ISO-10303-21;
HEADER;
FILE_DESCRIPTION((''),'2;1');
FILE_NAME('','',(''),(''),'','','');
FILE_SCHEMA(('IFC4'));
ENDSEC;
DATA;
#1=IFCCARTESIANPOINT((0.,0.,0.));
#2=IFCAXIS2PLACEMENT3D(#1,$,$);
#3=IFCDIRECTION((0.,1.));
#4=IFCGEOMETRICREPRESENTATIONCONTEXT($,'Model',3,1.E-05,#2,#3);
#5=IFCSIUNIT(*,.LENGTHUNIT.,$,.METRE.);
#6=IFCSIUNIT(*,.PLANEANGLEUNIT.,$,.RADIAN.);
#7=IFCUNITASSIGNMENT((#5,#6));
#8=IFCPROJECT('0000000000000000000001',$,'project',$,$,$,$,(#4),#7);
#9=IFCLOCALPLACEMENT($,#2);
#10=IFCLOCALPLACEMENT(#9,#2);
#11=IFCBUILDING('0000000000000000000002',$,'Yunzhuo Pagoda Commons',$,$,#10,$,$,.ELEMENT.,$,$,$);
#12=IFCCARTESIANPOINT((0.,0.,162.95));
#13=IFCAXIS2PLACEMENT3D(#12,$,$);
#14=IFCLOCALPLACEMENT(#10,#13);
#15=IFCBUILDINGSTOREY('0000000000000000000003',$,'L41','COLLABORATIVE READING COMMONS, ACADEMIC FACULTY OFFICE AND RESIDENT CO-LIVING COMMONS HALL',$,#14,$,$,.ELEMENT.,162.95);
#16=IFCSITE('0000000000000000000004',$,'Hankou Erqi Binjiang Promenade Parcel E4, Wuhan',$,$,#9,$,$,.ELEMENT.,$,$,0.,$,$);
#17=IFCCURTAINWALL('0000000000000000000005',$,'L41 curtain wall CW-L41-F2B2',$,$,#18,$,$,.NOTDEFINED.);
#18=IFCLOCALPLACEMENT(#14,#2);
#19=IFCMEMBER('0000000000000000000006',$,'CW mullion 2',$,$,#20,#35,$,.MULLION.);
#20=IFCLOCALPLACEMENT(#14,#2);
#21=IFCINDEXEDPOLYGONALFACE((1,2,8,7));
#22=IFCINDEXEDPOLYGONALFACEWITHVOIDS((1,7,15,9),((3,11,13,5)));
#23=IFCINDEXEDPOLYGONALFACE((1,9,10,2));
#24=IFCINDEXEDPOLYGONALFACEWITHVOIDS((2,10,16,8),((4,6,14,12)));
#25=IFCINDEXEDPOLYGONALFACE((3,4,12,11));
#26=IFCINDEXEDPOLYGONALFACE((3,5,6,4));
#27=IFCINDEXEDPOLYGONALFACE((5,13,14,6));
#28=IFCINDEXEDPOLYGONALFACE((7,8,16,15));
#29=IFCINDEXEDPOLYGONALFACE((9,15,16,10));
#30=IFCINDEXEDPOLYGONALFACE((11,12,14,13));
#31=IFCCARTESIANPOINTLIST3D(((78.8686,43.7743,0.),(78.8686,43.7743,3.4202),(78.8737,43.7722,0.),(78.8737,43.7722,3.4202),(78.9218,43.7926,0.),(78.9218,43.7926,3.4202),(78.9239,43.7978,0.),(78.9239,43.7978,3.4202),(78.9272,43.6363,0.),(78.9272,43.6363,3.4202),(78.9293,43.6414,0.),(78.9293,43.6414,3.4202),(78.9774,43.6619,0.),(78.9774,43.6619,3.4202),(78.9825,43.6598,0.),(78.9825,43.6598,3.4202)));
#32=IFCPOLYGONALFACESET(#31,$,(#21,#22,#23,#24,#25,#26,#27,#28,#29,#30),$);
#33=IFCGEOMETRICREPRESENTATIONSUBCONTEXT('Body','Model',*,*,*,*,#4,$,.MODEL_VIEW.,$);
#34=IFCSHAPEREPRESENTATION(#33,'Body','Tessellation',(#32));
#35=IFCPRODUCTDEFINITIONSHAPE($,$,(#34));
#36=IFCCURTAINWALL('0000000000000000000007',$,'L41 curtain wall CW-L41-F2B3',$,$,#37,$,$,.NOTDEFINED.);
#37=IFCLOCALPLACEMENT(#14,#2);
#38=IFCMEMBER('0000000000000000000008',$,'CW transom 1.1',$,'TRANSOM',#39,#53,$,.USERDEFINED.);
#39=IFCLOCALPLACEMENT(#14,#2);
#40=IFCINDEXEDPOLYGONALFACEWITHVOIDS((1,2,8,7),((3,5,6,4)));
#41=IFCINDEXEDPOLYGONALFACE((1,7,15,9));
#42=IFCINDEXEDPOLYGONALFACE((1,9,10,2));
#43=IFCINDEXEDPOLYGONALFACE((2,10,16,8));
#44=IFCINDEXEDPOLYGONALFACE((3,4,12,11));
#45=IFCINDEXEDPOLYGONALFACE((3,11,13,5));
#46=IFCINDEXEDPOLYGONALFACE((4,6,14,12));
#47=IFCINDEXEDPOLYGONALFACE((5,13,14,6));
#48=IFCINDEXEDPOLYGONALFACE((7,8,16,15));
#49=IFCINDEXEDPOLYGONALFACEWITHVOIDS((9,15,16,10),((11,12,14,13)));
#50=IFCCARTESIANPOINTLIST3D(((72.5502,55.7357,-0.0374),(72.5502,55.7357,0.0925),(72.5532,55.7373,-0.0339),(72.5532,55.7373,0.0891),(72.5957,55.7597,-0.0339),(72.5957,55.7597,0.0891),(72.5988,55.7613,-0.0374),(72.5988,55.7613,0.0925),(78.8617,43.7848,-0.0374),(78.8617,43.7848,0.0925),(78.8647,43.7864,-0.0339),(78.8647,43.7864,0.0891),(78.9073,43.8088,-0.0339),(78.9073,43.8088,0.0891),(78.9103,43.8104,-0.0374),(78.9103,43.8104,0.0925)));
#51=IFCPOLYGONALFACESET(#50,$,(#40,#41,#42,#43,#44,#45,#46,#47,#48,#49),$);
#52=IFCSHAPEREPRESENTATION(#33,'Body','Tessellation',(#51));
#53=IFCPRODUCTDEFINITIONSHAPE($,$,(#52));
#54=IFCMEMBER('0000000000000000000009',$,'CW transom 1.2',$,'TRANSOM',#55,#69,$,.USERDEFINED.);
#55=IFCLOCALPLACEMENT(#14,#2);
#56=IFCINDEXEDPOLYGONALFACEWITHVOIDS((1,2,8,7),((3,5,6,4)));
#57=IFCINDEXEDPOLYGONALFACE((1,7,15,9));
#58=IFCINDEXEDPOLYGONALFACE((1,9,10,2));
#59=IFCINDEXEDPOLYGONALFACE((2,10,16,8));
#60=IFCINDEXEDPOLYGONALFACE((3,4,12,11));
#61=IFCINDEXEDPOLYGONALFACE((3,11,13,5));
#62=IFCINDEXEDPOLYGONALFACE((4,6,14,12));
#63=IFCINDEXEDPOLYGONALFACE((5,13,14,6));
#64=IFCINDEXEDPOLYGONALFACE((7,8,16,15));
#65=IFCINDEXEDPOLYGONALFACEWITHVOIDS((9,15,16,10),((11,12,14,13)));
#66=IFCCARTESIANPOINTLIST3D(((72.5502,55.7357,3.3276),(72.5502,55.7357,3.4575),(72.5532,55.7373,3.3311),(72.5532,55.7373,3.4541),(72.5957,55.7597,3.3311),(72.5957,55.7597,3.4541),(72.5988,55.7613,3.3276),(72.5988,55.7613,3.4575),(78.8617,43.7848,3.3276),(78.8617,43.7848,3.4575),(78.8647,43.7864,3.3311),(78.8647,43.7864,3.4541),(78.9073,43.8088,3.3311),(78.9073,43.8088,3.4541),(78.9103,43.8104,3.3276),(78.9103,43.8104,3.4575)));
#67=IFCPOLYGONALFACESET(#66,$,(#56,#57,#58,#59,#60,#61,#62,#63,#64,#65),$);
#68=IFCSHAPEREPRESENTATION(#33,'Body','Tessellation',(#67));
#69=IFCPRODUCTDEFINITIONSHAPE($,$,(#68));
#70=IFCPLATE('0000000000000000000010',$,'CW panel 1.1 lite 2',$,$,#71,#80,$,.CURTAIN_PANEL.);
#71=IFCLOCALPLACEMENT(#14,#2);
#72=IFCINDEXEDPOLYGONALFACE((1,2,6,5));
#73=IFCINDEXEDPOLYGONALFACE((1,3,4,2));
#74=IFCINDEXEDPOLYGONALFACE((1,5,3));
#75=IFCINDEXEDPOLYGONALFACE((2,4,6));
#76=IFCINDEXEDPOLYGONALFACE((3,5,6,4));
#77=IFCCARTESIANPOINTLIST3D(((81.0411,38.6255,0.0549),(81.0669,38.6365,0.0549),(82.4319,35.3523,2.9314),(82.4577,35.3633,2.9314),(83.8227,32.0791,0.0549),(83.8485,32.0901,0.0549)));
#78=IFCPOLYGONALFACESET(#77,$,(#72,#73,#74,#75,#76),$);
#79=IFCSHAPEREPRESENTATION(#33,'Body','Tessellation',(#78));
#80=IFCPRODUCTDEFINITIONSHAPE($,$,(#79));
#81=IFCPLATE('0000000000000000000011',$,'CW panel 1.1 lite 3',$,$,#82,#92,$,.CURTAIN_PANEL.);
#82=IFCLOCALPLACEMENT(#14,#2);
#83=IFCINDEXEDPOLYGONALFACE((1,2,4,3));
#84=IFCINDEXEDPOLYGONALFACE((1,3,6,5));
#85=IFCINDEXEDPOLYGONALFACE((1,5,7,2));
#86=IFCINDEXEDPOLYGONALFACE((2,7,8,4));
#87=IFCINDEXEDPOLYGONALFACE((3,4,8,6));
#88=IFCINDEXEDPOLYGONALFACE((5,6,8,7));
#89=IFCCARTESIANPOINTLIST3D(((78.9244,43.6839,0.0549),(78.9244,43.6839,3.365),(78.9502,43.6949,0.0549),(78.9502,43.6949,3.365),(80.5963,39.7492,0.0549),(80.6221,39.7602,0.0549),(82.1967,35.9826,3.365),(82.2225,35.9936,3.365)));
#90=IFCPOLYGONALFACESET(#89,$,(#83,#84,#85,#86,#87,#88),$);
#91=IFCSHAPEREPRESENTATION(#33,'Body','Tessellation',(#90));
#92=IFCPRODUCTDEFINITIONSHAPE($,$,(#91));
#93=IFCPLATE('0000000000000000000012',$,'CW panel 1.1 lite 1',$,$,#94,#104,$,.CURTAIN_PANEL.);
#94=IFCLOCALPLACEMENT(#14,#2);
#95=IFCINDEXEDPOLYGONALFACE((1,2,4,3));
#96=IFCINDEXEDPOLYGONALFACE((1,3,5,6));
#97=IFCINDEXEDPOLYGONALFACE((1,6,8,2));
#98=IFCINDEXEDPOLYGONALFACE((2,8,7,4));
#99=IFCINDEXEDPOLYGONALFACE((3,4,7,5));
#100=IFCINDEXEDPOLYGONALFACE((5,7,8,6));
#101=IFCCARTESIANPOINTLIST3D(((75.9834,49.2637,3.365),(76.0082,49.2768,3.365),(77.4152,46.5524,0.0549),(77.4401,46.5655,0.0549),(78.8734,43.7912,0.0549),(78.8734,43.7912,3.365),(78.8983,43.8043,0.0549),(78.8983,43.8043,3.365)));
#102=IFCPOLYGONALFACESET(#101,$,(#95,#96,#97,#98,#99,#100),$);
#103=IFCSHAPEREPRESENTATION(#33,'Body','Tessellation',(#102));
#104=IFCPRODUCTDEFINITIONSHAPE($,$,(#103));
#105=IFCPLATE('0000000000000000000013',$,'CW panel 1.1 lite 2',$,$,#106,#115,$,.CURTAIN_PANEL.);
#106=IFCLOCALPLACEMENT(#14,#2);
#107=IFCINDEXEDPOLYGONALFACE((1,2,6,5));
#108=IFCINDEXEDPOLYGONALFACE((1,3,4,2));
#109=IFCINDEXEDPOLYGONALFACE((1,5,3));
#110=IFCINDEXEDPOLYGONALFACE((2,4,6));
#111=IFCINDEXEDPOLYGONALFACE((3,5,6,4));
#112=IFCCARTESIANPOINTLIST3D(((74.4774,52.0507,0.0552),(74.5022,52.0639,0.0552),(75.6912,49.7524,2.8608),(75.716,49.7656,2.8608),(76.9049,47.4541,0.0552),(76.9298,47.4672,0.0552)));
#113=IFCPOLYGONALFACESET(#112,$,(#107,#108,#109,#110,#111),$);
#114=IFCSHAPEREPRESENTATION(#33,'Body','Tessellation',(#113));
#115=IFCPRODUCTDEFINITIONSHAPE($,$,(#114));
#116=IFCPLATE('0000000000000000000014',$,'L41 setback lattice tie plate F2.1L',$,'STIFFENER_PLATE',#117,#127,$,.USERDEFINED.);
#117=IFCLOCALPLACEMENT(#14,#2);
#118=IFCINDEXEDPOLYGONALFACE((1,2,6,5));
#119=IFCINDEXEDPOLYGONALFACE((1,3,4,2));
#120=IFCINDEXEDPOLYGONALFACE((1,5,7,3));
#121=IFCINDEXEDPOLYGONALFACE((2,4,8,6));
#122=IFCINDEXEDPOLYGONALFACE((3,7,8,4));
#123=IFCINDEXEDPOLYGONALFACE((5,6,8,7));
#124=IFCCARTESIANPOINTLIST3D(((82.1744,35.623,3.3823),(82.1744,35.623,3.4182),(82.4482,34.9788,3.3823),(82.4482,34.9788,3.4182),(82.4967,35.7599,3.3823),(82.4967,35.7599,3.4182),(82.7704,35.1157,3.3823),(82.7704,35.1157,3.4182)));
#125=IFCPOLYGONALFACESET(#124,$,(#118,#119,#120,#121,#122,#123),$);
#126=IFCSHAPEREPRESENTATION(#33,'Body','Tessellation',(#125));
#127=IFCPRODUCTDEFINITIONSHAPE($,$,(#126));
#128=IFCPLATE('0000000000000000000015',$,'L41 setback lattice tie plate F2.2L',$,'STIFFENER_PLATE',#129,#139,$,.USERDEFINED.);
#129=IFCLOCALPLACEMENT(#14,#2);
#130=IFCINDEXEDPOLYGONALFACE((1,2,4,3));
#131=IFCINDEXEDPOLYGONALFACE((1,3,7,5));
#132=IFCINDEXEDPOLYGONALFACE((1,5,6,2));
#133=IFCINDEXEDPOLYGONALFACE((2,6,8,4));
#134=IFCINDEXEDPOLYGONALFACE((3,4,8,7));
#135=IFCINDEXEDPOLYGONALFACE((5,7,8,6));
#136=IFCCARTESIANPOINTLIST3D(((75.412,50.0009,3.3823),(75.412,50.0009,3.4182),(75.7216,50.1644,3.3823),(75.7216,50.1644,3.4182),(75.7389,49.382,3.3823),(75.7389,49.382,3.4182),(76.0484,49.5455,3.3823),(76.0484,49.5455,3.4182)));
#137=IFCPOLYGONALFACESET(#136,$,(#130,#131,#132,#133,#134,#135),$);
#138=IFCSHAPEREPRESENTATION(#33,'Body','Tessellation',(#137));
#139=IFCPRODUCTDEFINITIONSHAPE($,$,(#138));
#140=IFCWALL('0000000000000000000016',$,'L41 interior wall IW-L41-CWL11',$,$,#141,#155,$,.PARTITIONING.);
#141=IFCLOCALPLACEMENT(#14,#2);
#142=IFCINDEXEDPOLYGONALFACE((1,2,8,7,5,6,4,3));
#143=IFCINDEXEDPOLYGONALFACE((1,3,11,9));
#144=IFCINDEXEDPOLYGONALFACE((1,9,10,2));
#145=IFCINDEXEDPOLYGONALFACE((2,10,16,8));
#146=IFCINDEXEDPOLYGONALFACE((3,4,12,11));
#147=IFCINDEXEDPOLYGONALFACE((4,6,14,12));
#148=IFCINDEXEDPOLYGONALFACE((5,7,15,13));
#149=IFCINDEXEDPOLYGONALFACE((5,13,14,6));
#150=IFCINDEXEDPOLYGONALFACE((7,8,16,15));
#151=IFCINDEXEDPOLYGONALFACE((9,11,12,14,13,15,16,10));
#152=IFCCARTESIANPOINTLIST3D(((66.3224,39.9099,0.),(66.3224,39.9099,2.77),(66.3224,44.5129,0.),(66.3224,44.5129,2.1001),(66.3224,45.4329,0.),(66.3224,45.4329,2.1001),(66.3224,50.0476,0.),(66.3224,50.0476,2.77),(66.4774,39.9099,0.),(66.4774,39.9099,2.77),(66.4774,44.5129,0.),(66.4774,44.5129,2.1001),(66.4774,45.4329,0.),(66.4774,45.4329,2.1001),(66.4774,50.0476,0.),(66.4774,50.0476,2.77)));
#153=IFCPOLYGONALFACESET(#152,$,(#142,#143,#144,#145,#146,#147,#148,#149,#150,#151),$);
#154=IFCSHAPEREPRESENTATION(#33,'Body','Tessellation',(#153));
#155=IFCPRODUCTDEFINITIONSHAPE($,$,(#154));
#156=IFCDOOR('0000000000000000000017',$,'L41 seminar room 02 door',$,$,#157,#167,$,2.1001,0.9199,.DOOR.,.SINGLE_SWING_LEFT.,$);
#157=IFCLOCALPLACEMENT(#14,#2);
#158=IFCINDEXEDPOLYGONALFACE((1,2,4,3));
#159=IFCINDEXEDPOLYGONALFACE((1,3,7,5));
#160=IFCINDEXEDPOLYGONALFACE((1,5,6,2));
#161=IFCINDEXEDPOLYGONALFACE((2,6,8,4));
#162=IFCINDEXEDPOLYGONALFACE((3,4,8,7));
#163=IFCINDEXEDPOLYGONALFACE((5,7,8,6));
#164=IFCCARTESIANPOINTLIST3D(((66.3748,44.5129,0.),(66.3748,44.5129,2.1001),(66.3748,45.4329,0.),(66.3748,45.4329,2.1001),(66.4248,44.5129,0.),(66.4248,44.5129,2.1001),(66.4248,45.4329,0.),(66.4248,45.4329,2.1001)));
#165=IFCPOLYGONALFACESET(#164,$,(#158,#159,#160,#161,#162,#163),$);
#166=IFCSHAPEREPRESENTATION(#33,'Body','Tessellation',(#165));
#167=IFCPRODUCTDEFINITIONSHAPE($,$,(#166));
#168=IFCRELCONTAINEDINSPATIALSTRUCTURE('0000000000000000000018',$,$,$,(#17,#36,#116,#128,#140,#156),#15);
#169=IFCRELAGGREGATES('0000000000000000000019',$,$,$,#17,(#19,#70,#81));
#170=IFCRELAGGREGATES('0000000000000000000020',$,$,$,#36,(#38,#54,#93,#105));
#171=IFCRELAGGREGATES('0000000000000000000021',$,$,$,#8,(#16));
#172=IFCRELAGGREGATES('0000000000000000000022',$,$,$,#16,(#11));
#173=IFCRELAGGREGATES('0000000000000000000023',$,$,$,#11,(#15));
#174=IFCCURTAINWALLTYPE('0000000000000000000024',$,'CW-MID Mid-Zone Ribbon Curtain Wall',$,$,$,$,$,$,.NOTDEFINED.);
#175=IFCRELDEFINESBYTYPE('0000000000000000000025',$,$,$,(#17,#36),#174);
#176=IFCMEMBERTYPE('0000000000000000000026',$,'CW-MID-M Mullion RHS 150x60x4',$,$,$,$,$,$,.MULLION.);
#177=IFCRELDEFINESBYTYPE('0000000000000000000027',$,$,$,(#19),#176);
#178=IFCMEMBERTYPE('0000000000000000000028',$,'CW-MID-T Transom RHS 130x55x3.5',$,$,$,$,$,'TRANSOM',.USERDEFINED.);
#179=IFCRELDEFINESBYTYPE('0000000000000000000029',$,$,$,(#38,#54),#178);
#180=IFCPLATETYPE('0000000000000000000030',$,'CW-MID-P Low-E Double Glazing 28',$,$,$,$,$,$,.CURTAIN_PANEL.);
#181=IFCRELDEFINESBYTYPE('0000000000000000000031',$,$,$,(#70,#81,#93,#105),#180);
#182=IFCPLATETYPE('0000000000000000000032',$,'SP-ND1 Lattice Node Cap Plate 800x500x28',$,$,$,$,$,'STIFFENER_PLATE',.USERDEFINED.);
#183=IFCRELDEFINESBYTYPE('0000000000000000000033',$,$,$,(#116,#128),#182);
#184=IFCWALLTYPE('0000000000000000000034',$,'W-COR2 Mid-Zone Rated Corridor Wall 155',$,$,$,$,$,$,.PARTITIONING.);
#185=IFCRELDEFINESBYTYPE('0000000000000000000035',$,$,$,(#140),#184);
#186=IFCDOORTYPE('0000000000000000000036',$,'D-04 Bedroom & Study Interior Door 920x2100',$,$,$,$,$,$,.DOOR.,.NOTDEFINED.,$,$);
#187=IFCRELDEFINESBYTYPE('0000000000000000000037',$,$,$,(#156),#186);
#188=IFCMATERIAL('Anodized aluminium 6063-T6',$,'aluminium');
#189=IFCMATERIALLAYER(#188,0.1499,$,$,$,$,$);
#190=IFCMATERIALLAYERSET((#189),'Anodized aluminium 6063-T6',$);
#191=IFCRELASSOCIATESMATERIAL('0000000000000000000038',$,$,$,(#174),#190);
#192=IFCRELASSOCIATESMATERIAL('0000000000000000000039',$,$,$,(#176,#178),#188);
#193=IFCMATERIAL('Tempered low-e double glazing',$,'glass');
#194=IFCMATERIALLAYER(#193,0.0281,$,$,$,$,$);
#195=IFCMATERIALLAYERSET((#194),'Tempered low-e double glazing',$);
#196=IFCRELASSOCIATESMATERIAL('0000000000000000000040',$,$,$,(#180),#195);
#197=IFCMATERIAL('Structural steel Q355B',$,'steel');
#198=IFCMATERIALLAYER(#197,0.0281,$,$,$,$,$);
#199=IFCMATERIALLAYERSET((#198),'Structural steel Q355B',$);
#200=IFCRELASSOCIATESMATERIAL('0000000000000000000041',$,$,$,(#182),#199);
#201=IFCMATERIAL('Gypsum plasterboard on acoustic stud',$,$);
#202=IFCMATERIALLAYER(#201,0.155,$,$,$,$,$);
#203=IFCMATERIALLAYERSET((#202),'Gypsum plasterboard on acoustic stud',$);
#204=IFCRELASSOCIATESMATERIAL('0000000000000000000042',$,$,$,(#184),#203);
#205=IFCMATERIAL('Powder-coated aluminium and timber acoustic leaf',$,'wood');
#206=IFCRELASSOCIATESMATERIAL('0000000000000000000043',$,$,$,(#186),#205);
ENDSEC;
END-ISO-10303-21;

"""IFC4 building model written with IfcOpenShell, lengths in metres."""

from ifc_helpers import new_model, si_unit, direction, frame, frame_2d, origin, origin_with_axes, origin_2d, place, context, subcontext, project, spatial, polyline, rectangle, hollow_rectangle, outline, extrude, source, transform, mapped, material, layer, layer_set, material_profile, profile_set, type_object, element, fill, aggregate, save


model = new_model("IFC4")

# Units and contexts
model_context = context("Model", 3, precision=1e-05, world=origin(), true_north=direction((0.0, 1.0)))
body_context = subcontext(model_context, "Body", "Model", "MODEL_VIEW")
ifc_project = project(units=[si_unit("LENGTHUNIT", "METRE"), si_unit("PLANEANGLEUNIT", "RADIAN")], contexts=[model_context])

# Site, building, storey
site_placement = place(None, origin())
site = spatial("IfcSite", under=ifc_project, at=site_placement, Name="Hankou Erqi Binjiang Promenade Parcel E4, Wuhan", CompositionType="ELEMENT", RefElevation=0.0)
building_placement = place(site_placement, origin())
building = spatial("IfcBuilding", under=site, at=building_placement, Name="Yunzhuo Pagoda Commons", CompositionType="ELEMENT")
storey_placement = place(building_placement, frame((0.0, 0.0, 162.95)))
storey = spatial("IfcBuildingStorey", under=building, at=storey_placement, Name="L41", Description="COLLABORATIVE READING COMMONS, ACADEMIC FACULTY OFFICE AND RESIDENT CO-LIVING COMMONS HALL", CompositionType="ELEMENT", Elevation=162.95)

# Shared definitions
ifc_material_1 = material(Name="Structural steel Q355B", Category="steel")

# Curtain wall, member
ifc_material_2 = material(Name="Anodized aluminium 6063-T6", Category="aluminium")
ifc_layer_1 = layer(ifc_material_2, 0.1499)
ifc_layer_set_1 = layer_set([ifc_layer_1], Name="Anodized aluminium 6063-T6")
curtain_wall_type = type_object("IfcCurtainWallType", Name="CW-MID Mid-Zone Ribbon Curtain Wall", PredefinedType="NOTDEFINED", material=ifc_layer_set_1)
curtain_wall_1_placement = place(storey_placement, origin())
curtain_wall_1 = element("IfcCurtainWall", 1, at=curtain_wall_1_placement, inside=storey, type_object=curtain_wall_type, Name="L41 curtain wall CW-L41-F2B2", PredefinedType="NOTDEFINED")
ifc_material_profile_1 = material_profile(ifc_material_2, hollow_rectangle(XDim=0.0601, YDim=0.1499, WallThickness=0.0039, at=origin_2d()), Name="Anodized aluminium 6063-T6")
ifc_profile_set_1 = profile_set([ifc_material_profile_1], Name="Anodized aluminium 6063-T6")
member_type_1 = type_object("IfcMemberType", Name="CW-MID-M Mullion RHS 150x60x4", PredefinedType="MULLION", material=ifc_profile_set_1)
shared_shape_1 = source(origin(), body_context, "Body", "SweptSolid", [
    extrude(hollow_rectangle(XDim=0.0601, YDim=0.1499, WallThickness=0.0039, at=origin_2d()), origin(), (0.0, 0.0, 1.0), 3.4202),
])
member_1_placement = place(storey_placement, frame((78.9255, 43.717, 0.0), z_axis=(0.0, 0.0, 1.0), x_axis=(-0.920364, -0.391063, 0.0)))
member_1 = element("IfcMember", 2, at=member_1_placement, type_object=member_type_1, Name="CW mullion 2", PredefinedType="MULLION", context=body_context, shape_type="MappedRepresentation", body=[
    mapped(shared_shape_1, transform((0.0, 0.0, 0.0), scale=1.0)),
])

# Curtain wall, members
curtain_wall_2_placement = place(storey_placement, origin())
curtain_wall_2 = element("IfcCurtainWall", 3, at=curtain_wall_2_placement, inside=storey, type_object=curtain_wall_type, Name="L41 curtain wall CW-L41-F2B3", PredefinedType="NOTDEFINED")
ifc_material_profile_2 = material_profile(ifc_material_2, hollow_rectangle(XDim=0.0549, YDim=0.1299, WallThickness=0.0034, at=origin_2d()), Name="Anodized aluminium 6063-T6")
ifc_profile_set_2 = profile_set([ifc_material_profile_2], Name="Anodized aluminium 6063-T6")
member_type_2 = type_object("IfcMemberType", Name="CW-MID-T Transom RHS 130x55x3.5", ElementType="TRANSOM", PredefinedType="USERDEFINED", material=ifc_profile_set_2)
shared_shape_2 = source(origin(), body_context, "Body", "SweptSolid", [
    extrude(hollow_rectangle(XDim=0.0549, YDim=0.1299, WallThickness=0.0034, at=origin_2d()), origin(), (0.0, 0.0, 1.0), 13.5151),
])
member_2_placement = place(storey_placement, frame((78.886, 43.7976, 0.0276), z_axis=(-0.466995, 0.88426, 0.0), x_axis=(-0.88426, -0.466995, 0.0)))
member_2 = element("IfcMember", 4, at=member_2_placement, type_object=member_type_2, Name="CW transom 1.1", ObjectType="TRANSOM", PredefinedType="USERDEFINED", context=body_context, shape_type="MappedRepresentation", body=[
    mapped(shared_shape_2, transform((0.0, 0.0, 0.0), scale=1.0)),
])
member_3_placement = place(storey_placement, frame((78.886, 43.7976, 3.3926), z_axis=(-0.466995, 0.88426, 0.0), x_axis=(-0.88426, -0.466995, 0.0)))
member_3 = element("IfcMember", 5, at=member_3_placement, type_object=member_type_2, Name="CW transom 1.2", ObjectType="TRANSOM", PredefinedType="USERDEFINED", context=body_context, shape_type="MappedRepresentation", body=[
    mapped(shared_shape_2, transform((0.0, 0.0, 0.0), scale=1.0)),
])

# Plates
ifc_material_3 = material(Name="Tempered low-e double glazing", Category="glass")
ifc_layer_2 = layer(ifc_material_3, 0.0281)
ifc_layer_set_2 = layer_set([ifc_layer_2], Name="Tempered low-e double glazing")
plate_type_1 = type_object("IfcPlateType", Name="CW-MID-P Low-E Double Glazing 28", PredefinedType="CURTAIN_PANEL", material=ifc_layer_set_2)
plate_1_placement = place(storey_placement, frame((82.4319, 35.3523, 1.4932), z_axis=(0.920364, 0.391063, 0.0), x_axis=(-0.391063, 0.920364, 0.0)))
plate_1 = element("IfcPlate", 6, at=plate_1_placement, type_object=plate_type_1, Name="CW panel 1.1 lite 2", PredefinedType="CURTAIN_PANEL", context=body_context, shape_type="SweptSolid", body=[
    extrude(outline(polyline([(-3.5564, -1.4382), (3.5564, -1.4382), (0.0, 1.4382), (-3.5564, -1.4382)])), origin(), (0.0, 0.0, 1.0), 0.0281),
])
plate_2_placement = place(storey_placement, frame((80.5605, 39.8333, 1.71), z_axis=(0.920364, 0.391063, 0.0), x_axis=(-0.391063, 0.920364, 0.0)))
plate_2 = element("IfcPlate", 7, at=plate_2_placement, type_object=plate_type_1, Name="CW panel 1.1 lite 3", PredefinedType="CURTAIN_PANEL", context=body_context, shape_type="SweptSolid", body=[
    extrude(outline(polyline([(-4.1838, 1.655), (-0.0913, -1.655), (4.1838, -1.655), (4.1838, 1.655), (-4.1838, 1.655)])), origin(), (0.0, 0.0, 1.0), 0.0281),
])
aggregate(curtain_wall_1, [member_1, plate_1, plate_2])
plate_3_placement = place(storey_placement, frame((77.4285, 46.5273, 1.71), z_axis=(0.884263, 0.46699, 0.0), x_axis=(-0.46699, 0.884263, 0.0)))
plate_3 = element("IfcPlate", 8, at=plate_3_placement, type_object=plate_type_1, Name="CW panel 1.1 lite 1", PredefinedType="CURTAIN_PANEL", context=body_context, shape_type="SweptSolid", body=[
    extrude(outline(polyline([(-3.0942, -1.655), (0.0283, -1.655), (3.0945, 1.655), (-3.0942, 1.655), (-3.0942, -1.655)])), origin(), (0.0, 0.0, 1.0), 0.0281),
])
plate_4_placement = place(storey_placement, frame((75.6912, 49.7524, 1.458), z_axis=(0.884263, 0.46699, 0.0), x_axis=(-0.46699, 0.884263, 0.0)))
plate_4 = element("IfcPlate", 9, at=plate_4_placement, type_object=plate_type_1, Name="CW panel 1.1 lite 2", PredefinedType="CURTAIN_PANEL", context=body_context, shape_type="SweptSolid", body=[
    extrude(outline(polyline([(-2.5991, -1.4028), (2.5991, -1.4028), (0.0, 1.4028), (-2.5991, -1.4028)])), origin(), (0.0, 0.0, 1.0), 0.0281),
])
aggregate(curtain_wall_2, [member_2, member_3, plate_3, plate_4])

# Plates
ifc_layer_3 = layer(ifc_material_1, 0.0281)
ifc_layer_set_3 = layer_set([ifc_layer_3], Name="Structural steel Q355B")
plate_type_2 = type_object("IfcPlateType", Name="SP-ND1 Lattice Node Cap Plate 800x500x28", ElementType="STIFFENER_PLATE", PredefinedType="USERDEFINED", material=ifc_layer_set_3)
shared_shape_3 = source(origin(), body_context, "Body", "SweptSolid", [
    extrude(rectangle(XDim=0.7, YDim=0.3501, at=origin_2d()), origin(), (0.0, 0.0, 1.0), 0.0359),
])
for number, where, z_axis, x_axis, name in (
    (10, (82.4724, 35.3694, 3.3823), (0.0, 0.0, 1.0), (-0.391068, 0.920362, 0.0), "L41 setback lattice tie plate F2.1L"),
    (11, (75.7302, 49.7732, 3.3823), (0.0, 0.0, 1.0), (-0.466989, 0.884263, 0.0), "L41 setback lattice tie plate F2.2L"),
):
    element("IfcPlate", number, at=place(storey_placement, frame(where, z_axis=z_axis, x_axis=x_axis)), inside=storey, type_object=plate_type_2, Name=name, ObjectType="STIFFENER_PLATE", PredefinedType="USERDEFINED", context=body_context, shape_type="MappedRepresentation", body=[
        mapped(shared_shape_3, transform((0.0, 0.0, 0.0), scale=1.0)),
    ])

# Wall, opening, door
ifc_material_4 = material(Name="Gypsum plasterboard on acoustic stud")
ifc_layer_4 = layer(ifc_material_4, 0.155)
ifc_layer_set_4 = layer_set([ifc_layer_4], Name="Gypsum plasterboard on acoustic stud")
wall_type_1 = type_object("IfcWallType", Name="W-COR2 Mid-Zone Rated Corridor Wall 155", PredefinedType="PARTITIONING", material=ifc_layer_set_4)
wall_1_placement = place(storey_placement, frame((66.3999, 50.0476, 0.0), z_axis=(0.0, 0.0, 1.0), x_axis=(0.0, -1.0, 0.0)))
wall_1 = element("IfcWall", 12, at=wall_1_placement, inside=storey, type_object=wall_type_1, Name="L41 interior wall IW-L41-CWL11", PredefinedType="PARTITIONING", context=body_context, shape_type="SweptSolid", body=[
    extrude(rectangle(XDim=10.1377, YDim=0.155, at=frame_2d((5.0688, 0.0))), origin(), (0.0, 0.0, 1.0), 2.77),
])
opening_1_placement = place(wall_1_placement, frame((4.6147, 0.0, 0.0)))
opening_1 = element("IfcOpeningElement", 13, at=opening_1_placement, cuts=wall_1, PredefinedType="OPENING", context=body_context, shape_type="SweptSolid", body=[
    extrude(rectangle(XDim=0.9199, YDim=2.1001, at=frame_2d((0.46, 1.05))), frame((0.0, 0.0874, 0.0), z_axis=(0.0, -1.0, 0.0), x_axis=(1.0, 0.0, 0.0)), (0.0, 0.0, 1.0), 0.175),
])
ifc_material_5 = material(Name="Powder-coated aluminium and timber acoustic leaf", Category="wood")
door_type = type_object("IfcDoorType", Name="D-04 Bedroom & Study Interior Door 920x2100", OperationType="NOTDEFINED", PredefinedType="DOOR", material=ifc_material_5)
shared_shape_4 = source(origin(), body_context, "Body", "SweptSolid", [
    extrude(rectangle(XDim=0.9199, YDim=2.1001, at=frame_2d((0.46, 1.05))), frame((0.0, 0.0249, 0.0), z_axis=(0.0, -1.0, 0.0), x_axis=(1.0, 0.0, 0.0)), (0.0, 0.0, 1.0), 0.05),
])
door_1_placement = place(opening_1_placement, origin_with_axes())
door_1 = element("IfcDoor", 14, at=door_1_placement, inside=storey, type_object=door_type, Name="L41 seminar room 02 door", OperationType="SINGLE_SWING_LEFT", OverallHeight=2.1001, OverallWidth=0.9199, PredefinedType="DOOR", context=body_context, shape_type="MappedRepresentation", body=[
    mapped(shared_shape_4, transform((0.0, 0.0, 0.0), scale=1.0)),
])
fill(opening_1, door_1)

save(model, "model.ifc")
